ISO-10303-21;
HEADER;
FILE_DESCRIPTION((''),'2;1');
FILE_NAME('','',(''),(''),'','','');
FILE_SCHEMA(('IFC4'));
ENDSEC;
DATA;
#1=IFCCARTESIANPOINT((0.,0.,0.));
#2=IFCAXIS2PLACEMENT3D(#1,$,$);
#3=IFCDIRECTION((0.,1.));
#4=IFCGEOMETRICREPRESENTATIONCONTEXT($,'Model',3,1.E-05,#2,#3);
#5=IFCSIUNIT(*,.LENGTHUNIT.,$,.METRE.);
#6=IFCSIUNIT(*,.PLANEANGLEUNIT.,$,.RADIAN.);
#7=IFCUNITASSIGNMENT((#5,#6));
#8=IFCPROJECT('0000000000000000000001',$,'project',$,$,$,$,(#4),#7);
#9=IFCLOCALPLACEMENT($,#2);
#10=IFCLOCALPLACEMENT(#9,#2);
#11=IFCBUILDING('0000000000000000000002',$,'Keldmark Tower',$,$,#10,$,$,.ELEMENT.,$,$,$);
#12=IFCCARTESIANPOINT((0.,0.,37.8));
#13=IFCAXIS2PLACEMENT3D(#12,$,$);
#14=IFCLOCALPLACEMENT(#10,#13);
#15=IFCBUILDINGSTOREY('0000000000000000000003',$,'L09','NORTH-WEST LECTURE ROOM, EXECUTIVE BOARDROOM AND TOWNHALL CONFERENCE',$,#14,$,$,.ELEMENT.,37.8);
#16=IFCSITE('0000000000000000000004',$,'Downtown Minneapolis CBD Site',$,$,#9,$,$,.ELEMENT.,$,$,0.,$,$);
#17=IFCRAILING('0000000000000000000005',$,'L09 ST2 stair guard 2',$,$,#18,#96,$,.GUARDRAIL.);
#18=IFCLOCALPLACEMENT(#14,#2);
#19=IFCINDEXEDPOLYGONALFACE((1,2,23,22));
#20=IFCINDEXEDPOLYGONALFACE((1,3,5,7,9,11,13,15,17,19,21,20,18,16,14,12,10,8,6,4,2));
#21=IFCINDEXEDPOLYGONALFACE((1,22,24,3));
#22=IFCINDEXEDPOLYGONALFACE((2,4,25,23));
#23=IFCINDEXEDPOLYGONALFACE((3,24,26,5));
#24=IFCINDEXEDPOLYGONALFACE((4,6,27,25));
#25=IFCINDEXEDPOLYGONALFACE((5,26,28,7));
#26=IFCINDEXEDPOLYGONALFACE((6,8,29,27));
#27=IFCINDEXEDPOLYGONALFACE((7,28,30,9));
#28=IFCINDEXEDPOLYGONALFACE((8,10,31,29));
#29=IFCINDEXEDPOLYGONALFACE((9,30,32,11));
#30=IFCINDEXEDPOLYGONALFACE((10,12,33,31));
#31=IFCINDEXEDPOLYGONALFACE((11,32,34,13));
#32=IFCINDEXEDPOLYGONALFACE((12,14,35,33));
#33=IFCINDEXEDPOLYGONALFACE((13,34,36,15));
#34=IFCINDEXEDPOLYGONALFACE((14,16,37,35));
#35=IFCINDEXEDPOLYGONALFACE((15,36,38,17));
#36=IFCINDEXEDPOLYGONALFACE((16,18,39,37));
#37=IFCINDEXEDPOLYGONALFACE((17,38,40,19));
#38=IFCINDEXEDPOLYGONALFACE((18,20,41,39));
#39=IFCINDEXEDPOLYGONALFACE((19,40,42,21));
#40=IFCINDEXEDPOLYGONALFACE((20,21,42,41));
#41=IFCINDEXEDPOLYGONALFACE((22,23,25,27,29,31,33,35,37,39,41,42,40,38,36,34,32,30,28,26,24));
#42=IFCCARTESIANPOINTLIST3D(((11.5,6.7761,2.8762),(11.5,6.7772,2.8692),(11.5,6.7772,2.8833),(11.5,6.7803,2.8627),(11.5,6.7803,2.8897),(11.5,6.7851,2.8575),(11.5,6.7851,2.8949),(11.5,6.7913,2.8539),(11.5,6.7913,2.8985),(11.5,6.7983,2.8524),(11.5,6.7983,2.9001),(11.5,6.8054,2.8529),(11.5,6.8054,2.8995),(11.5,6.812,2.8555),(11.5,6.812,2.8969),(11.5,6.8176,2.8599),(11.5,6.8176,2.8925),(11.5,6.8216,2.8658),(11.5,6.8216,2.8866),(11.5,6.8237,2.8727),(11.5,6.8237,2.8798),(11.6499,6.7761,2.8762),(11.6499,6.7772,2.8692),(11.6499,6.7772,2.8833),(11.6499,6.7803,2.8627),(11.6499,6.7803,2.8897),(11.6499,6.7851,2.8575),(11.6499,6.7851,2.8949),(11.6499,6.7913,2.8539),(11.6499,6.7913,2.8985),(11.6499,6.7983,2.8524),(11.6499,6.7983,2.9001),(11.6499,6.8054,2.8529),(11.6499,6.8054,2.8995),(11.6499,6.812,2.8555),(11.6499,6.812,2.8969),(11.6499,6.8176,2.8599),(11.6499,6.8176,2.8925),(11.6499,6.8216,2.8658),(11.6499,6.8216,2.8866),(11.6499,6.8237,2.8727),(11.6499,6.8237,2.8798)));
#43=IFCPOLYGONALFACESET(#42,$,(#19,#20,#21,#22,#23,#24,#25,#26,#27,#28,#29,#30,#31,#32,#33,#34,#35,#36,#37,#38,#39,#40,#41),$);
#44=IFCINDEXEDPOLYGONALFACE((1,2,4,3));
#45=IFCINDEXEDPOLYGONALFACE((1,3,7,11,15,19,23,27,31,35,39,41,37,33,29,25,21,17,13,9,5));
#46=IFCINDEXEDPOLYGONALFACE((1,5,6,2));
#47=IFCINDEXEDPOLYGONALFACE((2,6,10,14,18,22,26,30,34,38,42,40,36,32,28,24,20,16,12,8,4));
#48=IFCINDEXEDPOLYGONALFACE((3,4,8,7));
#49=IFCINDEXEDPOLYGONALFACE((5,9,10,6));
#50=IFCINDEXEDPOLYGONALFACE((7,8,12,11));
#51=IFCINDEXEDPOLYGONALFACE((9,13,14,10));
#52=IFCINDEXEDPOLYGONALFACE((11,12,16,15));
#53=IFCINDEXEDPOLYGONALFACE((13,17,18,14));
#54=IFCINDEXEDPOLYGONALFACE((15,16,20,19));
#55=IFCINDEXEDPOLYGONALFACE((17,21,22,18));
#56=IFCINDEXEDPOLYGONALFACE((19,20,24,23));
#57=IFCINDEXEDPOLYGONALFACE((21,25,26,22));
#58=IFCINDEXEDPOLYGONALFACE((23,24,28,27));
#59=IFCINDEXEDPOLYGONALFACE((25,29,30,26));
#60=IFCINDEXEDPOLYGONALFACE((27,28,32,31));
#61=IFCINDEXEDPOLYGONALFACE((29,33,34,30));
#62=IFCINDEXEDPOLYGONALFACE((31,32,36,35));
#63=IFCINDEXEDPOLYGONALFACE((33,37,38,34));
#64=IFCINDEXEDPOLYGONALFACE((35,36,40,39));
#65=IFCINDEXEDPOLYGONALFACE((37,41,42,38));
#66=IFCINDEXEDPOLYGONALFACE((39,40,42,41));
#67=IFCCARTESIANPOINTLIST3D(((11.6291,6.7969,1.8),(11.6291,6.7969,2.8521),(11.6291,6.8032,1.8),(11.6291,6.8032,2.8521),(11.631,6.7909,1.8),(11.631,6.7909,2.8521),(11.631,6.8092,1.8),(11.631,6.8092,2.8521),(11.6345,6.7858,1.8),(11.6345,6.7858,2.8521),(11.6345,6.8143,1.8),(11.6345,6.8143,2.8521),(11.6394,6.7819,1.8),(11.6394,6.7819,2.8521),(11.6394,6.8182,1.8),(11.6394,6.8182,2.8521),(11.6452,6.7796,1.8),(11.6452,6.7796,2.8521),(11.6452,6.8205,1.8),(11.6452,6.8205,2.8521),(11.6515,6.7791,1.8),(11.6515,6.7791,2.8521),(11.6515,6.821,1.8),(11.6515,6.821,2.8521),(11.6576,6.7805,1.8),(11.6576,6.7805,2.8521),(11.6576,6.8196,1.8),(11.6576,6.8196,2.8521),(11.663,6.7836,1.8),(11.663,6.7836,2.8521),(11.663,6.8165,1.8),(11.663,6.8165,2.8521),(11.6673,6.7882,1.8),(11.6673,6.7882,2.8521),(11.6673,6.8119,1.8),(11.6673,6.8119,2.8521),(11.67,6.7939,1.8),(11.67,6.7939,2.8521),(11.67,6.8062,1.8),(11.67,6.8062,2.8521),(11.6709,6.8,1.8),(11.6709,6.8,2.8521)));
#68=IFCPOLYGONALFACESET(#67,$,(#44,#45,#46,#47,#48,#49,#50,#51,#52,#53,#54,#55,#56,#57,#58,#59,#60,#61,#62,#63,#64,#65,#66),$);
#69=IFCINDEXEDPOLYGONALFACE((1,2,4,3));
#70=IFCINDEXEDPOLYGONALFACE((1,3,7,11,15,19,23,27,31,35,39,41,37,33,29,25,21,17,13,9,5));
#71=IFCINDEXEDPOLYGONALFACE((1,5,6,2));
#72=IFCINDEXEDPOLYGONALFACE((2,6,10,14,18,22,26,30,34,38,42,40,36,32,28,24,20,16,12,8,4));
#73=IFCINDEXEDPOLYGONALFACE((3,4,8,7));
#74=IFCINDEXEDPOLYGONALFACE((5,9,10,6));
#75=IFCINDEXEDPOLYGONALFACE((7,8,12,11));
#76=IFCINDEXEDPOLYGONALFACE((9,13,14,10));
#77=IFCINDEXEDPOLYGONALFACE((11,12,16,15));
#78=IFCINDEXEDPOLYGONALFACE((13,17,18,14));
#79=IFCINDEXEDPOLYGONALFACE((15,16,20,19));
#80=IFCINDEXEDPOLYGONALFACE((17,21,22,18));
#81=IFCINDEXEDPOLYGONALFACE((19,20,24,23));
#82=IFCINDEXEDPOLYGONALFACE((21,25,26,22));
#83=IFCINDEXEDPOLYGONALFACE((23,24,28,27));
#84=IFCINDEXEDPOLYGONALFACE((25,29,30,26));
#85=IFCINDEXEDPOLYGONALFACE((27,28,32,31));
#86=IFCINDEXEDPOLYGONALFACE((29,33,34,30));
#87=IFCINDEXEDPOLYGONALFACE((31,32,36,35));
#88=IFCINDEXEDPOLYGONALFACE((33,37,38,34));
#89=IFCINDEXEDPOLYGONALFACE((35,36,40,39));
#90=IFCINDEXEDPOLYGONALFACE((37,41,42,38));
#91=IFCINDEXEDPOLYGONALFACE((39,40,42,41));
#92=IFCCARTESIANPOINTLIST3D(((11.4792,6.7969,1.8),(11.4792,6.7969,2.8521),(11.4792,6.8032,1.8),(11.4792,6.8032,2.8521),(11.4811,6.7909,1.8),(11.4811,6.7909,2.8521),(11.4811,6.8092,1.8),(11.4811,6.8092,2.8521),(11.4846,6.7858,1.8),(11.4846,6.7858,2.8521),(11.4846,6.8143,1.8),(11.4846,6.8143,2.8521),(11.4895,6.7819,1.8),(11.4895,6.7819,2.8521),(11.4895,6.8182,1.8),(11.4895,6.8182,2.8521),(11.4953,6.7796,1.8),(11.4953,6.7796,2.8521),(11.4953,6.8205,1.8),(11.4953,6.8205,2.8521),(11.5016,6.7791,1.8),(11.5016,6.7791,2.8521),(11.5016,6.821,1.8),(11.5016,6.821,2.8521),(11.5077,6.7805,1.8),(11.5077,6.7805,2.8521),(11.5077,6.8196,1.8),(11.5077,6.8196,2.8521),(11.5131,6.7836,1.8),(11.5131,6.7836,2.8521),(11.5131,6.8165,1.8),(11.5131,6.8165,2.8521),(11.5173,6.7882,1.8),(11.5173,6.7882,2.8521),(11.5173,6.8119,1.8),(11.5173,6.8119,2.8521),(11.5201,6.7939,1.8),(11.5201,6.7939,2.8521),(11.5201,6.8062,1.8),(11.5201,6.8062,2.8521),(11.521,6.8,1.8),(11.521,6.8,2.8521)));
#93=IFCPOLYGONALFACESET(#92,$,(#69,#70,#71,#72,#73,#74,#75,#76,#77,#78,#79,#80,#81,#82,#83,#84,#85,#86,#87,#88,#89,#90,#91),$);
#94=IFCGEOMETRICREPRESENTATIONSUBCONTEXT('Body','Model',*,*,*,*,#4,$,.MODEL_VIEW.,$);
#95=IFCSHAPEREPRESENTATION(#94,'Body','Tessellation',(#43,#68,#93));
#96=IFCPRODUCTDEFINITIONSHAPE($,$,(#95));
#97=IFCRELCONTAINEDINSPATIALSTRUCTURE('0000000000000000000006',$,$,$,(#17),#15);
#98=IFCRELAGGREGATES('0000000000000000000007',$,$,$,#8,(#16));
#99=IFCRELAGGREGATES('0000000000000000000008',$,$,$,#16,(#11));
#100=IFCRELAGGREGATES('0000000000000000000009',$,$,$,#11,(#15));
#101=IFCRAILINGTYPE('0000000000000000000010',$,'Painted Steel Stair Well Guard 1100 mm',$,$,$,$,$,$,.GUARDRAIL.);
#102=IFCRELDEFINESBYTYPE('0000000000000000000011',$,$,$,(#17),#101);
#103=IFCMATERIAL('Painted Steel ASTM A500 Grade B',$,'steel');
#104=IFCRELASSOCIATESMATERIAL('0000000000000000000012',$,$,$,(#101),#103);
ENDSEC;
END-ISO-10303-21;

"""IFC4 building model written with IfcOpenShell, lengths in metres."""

from ifc_helpers import new_model, si_unit, direction, frame, origin, origin_2d, place, context, subcontext, project, spatial, circle, extrude, material, type_object, element, save


model = new_model("IFC4")

# Units and contexts
model_context = context("Model", 3, precision=1e-05, world=origin(), true_north=direction((0.0, 1.0)))
body_context = subcontext(model_context, "Body", "Model", "MODEL_VIEW")
ifc_project = project(units=[si_unit("LENGTHUNIT", "METRE"), si_unit("PLANEANGLEUNIT", "RADIAN")], contexts=[model_context])

# Site, building, storey
site_placement = place(None, origin())
site = spatial("IfcSite", under=ifc_project, at=site_placement, Name="Downtown Minneapolis CBD Site", CompositionType="ELEMENT", RefElevation=0.0)
building_placement = place(site_placement, origin())
building = spatial("IfcBuilding", under=site, at=building_placement, Name="Keldmark Tower", CompositionType="ELEMENT")
storey_placement = place(building_placement, frame((0.0, 0.0, 37.8)))
storey = spatial("IfcBuildingStorey", under=building, at=storey_placement, Name="L09", Description="NORTH-WEST LECTURE ROOM, EXECUTIVE BOARDROOM AND TOWNHALL CONFERENCE", CompositionType="ELEMENT", Elevation=37.8)

# Railing
ifc_material_1 = material(Name="Painted Steel ASTM A500 Grade B", Category="steel")
railing_type_1 = type_object("IfcRailingType", Name="Painted Steel Stair Well Guard 1100 mm", PredefinedType="GUARDRAIL", material=ifc_material_1)
railing_1_placement = place(storey_placement, frame((11.6499, 6.8, 1.8)))
element("IfcRailing", 1, at=railing_1_placement, inside=storey, type_object=railing_type_1, Name="L09 ST2 stair guard 2", PredefinedType="GUARDRAIL", context=body_context, shape_type="SweptSolid", body=[
    extrude(circle(Radius=0.0239, at=origin_2d()), frame((0.0, 0.0, 1.0762), z_axis=(-1.0, 0.0, 0.0), x_axis=(0.0, -1.0, 0.0)), (0.0, 0.0, 1.0), 0.1499),
    extrude(circle(Radius=0.021, at=origin_2d()), origin(), (0.0, 0.0, 1.0), 1.052),
    extrude(circle(Radius=0.021, at=origin_2d()), frame((-0.1499, 0.0, 0.0)), (0.0, 0.0, 1.0), 1.052),
])

save(model, "model.ifc")
